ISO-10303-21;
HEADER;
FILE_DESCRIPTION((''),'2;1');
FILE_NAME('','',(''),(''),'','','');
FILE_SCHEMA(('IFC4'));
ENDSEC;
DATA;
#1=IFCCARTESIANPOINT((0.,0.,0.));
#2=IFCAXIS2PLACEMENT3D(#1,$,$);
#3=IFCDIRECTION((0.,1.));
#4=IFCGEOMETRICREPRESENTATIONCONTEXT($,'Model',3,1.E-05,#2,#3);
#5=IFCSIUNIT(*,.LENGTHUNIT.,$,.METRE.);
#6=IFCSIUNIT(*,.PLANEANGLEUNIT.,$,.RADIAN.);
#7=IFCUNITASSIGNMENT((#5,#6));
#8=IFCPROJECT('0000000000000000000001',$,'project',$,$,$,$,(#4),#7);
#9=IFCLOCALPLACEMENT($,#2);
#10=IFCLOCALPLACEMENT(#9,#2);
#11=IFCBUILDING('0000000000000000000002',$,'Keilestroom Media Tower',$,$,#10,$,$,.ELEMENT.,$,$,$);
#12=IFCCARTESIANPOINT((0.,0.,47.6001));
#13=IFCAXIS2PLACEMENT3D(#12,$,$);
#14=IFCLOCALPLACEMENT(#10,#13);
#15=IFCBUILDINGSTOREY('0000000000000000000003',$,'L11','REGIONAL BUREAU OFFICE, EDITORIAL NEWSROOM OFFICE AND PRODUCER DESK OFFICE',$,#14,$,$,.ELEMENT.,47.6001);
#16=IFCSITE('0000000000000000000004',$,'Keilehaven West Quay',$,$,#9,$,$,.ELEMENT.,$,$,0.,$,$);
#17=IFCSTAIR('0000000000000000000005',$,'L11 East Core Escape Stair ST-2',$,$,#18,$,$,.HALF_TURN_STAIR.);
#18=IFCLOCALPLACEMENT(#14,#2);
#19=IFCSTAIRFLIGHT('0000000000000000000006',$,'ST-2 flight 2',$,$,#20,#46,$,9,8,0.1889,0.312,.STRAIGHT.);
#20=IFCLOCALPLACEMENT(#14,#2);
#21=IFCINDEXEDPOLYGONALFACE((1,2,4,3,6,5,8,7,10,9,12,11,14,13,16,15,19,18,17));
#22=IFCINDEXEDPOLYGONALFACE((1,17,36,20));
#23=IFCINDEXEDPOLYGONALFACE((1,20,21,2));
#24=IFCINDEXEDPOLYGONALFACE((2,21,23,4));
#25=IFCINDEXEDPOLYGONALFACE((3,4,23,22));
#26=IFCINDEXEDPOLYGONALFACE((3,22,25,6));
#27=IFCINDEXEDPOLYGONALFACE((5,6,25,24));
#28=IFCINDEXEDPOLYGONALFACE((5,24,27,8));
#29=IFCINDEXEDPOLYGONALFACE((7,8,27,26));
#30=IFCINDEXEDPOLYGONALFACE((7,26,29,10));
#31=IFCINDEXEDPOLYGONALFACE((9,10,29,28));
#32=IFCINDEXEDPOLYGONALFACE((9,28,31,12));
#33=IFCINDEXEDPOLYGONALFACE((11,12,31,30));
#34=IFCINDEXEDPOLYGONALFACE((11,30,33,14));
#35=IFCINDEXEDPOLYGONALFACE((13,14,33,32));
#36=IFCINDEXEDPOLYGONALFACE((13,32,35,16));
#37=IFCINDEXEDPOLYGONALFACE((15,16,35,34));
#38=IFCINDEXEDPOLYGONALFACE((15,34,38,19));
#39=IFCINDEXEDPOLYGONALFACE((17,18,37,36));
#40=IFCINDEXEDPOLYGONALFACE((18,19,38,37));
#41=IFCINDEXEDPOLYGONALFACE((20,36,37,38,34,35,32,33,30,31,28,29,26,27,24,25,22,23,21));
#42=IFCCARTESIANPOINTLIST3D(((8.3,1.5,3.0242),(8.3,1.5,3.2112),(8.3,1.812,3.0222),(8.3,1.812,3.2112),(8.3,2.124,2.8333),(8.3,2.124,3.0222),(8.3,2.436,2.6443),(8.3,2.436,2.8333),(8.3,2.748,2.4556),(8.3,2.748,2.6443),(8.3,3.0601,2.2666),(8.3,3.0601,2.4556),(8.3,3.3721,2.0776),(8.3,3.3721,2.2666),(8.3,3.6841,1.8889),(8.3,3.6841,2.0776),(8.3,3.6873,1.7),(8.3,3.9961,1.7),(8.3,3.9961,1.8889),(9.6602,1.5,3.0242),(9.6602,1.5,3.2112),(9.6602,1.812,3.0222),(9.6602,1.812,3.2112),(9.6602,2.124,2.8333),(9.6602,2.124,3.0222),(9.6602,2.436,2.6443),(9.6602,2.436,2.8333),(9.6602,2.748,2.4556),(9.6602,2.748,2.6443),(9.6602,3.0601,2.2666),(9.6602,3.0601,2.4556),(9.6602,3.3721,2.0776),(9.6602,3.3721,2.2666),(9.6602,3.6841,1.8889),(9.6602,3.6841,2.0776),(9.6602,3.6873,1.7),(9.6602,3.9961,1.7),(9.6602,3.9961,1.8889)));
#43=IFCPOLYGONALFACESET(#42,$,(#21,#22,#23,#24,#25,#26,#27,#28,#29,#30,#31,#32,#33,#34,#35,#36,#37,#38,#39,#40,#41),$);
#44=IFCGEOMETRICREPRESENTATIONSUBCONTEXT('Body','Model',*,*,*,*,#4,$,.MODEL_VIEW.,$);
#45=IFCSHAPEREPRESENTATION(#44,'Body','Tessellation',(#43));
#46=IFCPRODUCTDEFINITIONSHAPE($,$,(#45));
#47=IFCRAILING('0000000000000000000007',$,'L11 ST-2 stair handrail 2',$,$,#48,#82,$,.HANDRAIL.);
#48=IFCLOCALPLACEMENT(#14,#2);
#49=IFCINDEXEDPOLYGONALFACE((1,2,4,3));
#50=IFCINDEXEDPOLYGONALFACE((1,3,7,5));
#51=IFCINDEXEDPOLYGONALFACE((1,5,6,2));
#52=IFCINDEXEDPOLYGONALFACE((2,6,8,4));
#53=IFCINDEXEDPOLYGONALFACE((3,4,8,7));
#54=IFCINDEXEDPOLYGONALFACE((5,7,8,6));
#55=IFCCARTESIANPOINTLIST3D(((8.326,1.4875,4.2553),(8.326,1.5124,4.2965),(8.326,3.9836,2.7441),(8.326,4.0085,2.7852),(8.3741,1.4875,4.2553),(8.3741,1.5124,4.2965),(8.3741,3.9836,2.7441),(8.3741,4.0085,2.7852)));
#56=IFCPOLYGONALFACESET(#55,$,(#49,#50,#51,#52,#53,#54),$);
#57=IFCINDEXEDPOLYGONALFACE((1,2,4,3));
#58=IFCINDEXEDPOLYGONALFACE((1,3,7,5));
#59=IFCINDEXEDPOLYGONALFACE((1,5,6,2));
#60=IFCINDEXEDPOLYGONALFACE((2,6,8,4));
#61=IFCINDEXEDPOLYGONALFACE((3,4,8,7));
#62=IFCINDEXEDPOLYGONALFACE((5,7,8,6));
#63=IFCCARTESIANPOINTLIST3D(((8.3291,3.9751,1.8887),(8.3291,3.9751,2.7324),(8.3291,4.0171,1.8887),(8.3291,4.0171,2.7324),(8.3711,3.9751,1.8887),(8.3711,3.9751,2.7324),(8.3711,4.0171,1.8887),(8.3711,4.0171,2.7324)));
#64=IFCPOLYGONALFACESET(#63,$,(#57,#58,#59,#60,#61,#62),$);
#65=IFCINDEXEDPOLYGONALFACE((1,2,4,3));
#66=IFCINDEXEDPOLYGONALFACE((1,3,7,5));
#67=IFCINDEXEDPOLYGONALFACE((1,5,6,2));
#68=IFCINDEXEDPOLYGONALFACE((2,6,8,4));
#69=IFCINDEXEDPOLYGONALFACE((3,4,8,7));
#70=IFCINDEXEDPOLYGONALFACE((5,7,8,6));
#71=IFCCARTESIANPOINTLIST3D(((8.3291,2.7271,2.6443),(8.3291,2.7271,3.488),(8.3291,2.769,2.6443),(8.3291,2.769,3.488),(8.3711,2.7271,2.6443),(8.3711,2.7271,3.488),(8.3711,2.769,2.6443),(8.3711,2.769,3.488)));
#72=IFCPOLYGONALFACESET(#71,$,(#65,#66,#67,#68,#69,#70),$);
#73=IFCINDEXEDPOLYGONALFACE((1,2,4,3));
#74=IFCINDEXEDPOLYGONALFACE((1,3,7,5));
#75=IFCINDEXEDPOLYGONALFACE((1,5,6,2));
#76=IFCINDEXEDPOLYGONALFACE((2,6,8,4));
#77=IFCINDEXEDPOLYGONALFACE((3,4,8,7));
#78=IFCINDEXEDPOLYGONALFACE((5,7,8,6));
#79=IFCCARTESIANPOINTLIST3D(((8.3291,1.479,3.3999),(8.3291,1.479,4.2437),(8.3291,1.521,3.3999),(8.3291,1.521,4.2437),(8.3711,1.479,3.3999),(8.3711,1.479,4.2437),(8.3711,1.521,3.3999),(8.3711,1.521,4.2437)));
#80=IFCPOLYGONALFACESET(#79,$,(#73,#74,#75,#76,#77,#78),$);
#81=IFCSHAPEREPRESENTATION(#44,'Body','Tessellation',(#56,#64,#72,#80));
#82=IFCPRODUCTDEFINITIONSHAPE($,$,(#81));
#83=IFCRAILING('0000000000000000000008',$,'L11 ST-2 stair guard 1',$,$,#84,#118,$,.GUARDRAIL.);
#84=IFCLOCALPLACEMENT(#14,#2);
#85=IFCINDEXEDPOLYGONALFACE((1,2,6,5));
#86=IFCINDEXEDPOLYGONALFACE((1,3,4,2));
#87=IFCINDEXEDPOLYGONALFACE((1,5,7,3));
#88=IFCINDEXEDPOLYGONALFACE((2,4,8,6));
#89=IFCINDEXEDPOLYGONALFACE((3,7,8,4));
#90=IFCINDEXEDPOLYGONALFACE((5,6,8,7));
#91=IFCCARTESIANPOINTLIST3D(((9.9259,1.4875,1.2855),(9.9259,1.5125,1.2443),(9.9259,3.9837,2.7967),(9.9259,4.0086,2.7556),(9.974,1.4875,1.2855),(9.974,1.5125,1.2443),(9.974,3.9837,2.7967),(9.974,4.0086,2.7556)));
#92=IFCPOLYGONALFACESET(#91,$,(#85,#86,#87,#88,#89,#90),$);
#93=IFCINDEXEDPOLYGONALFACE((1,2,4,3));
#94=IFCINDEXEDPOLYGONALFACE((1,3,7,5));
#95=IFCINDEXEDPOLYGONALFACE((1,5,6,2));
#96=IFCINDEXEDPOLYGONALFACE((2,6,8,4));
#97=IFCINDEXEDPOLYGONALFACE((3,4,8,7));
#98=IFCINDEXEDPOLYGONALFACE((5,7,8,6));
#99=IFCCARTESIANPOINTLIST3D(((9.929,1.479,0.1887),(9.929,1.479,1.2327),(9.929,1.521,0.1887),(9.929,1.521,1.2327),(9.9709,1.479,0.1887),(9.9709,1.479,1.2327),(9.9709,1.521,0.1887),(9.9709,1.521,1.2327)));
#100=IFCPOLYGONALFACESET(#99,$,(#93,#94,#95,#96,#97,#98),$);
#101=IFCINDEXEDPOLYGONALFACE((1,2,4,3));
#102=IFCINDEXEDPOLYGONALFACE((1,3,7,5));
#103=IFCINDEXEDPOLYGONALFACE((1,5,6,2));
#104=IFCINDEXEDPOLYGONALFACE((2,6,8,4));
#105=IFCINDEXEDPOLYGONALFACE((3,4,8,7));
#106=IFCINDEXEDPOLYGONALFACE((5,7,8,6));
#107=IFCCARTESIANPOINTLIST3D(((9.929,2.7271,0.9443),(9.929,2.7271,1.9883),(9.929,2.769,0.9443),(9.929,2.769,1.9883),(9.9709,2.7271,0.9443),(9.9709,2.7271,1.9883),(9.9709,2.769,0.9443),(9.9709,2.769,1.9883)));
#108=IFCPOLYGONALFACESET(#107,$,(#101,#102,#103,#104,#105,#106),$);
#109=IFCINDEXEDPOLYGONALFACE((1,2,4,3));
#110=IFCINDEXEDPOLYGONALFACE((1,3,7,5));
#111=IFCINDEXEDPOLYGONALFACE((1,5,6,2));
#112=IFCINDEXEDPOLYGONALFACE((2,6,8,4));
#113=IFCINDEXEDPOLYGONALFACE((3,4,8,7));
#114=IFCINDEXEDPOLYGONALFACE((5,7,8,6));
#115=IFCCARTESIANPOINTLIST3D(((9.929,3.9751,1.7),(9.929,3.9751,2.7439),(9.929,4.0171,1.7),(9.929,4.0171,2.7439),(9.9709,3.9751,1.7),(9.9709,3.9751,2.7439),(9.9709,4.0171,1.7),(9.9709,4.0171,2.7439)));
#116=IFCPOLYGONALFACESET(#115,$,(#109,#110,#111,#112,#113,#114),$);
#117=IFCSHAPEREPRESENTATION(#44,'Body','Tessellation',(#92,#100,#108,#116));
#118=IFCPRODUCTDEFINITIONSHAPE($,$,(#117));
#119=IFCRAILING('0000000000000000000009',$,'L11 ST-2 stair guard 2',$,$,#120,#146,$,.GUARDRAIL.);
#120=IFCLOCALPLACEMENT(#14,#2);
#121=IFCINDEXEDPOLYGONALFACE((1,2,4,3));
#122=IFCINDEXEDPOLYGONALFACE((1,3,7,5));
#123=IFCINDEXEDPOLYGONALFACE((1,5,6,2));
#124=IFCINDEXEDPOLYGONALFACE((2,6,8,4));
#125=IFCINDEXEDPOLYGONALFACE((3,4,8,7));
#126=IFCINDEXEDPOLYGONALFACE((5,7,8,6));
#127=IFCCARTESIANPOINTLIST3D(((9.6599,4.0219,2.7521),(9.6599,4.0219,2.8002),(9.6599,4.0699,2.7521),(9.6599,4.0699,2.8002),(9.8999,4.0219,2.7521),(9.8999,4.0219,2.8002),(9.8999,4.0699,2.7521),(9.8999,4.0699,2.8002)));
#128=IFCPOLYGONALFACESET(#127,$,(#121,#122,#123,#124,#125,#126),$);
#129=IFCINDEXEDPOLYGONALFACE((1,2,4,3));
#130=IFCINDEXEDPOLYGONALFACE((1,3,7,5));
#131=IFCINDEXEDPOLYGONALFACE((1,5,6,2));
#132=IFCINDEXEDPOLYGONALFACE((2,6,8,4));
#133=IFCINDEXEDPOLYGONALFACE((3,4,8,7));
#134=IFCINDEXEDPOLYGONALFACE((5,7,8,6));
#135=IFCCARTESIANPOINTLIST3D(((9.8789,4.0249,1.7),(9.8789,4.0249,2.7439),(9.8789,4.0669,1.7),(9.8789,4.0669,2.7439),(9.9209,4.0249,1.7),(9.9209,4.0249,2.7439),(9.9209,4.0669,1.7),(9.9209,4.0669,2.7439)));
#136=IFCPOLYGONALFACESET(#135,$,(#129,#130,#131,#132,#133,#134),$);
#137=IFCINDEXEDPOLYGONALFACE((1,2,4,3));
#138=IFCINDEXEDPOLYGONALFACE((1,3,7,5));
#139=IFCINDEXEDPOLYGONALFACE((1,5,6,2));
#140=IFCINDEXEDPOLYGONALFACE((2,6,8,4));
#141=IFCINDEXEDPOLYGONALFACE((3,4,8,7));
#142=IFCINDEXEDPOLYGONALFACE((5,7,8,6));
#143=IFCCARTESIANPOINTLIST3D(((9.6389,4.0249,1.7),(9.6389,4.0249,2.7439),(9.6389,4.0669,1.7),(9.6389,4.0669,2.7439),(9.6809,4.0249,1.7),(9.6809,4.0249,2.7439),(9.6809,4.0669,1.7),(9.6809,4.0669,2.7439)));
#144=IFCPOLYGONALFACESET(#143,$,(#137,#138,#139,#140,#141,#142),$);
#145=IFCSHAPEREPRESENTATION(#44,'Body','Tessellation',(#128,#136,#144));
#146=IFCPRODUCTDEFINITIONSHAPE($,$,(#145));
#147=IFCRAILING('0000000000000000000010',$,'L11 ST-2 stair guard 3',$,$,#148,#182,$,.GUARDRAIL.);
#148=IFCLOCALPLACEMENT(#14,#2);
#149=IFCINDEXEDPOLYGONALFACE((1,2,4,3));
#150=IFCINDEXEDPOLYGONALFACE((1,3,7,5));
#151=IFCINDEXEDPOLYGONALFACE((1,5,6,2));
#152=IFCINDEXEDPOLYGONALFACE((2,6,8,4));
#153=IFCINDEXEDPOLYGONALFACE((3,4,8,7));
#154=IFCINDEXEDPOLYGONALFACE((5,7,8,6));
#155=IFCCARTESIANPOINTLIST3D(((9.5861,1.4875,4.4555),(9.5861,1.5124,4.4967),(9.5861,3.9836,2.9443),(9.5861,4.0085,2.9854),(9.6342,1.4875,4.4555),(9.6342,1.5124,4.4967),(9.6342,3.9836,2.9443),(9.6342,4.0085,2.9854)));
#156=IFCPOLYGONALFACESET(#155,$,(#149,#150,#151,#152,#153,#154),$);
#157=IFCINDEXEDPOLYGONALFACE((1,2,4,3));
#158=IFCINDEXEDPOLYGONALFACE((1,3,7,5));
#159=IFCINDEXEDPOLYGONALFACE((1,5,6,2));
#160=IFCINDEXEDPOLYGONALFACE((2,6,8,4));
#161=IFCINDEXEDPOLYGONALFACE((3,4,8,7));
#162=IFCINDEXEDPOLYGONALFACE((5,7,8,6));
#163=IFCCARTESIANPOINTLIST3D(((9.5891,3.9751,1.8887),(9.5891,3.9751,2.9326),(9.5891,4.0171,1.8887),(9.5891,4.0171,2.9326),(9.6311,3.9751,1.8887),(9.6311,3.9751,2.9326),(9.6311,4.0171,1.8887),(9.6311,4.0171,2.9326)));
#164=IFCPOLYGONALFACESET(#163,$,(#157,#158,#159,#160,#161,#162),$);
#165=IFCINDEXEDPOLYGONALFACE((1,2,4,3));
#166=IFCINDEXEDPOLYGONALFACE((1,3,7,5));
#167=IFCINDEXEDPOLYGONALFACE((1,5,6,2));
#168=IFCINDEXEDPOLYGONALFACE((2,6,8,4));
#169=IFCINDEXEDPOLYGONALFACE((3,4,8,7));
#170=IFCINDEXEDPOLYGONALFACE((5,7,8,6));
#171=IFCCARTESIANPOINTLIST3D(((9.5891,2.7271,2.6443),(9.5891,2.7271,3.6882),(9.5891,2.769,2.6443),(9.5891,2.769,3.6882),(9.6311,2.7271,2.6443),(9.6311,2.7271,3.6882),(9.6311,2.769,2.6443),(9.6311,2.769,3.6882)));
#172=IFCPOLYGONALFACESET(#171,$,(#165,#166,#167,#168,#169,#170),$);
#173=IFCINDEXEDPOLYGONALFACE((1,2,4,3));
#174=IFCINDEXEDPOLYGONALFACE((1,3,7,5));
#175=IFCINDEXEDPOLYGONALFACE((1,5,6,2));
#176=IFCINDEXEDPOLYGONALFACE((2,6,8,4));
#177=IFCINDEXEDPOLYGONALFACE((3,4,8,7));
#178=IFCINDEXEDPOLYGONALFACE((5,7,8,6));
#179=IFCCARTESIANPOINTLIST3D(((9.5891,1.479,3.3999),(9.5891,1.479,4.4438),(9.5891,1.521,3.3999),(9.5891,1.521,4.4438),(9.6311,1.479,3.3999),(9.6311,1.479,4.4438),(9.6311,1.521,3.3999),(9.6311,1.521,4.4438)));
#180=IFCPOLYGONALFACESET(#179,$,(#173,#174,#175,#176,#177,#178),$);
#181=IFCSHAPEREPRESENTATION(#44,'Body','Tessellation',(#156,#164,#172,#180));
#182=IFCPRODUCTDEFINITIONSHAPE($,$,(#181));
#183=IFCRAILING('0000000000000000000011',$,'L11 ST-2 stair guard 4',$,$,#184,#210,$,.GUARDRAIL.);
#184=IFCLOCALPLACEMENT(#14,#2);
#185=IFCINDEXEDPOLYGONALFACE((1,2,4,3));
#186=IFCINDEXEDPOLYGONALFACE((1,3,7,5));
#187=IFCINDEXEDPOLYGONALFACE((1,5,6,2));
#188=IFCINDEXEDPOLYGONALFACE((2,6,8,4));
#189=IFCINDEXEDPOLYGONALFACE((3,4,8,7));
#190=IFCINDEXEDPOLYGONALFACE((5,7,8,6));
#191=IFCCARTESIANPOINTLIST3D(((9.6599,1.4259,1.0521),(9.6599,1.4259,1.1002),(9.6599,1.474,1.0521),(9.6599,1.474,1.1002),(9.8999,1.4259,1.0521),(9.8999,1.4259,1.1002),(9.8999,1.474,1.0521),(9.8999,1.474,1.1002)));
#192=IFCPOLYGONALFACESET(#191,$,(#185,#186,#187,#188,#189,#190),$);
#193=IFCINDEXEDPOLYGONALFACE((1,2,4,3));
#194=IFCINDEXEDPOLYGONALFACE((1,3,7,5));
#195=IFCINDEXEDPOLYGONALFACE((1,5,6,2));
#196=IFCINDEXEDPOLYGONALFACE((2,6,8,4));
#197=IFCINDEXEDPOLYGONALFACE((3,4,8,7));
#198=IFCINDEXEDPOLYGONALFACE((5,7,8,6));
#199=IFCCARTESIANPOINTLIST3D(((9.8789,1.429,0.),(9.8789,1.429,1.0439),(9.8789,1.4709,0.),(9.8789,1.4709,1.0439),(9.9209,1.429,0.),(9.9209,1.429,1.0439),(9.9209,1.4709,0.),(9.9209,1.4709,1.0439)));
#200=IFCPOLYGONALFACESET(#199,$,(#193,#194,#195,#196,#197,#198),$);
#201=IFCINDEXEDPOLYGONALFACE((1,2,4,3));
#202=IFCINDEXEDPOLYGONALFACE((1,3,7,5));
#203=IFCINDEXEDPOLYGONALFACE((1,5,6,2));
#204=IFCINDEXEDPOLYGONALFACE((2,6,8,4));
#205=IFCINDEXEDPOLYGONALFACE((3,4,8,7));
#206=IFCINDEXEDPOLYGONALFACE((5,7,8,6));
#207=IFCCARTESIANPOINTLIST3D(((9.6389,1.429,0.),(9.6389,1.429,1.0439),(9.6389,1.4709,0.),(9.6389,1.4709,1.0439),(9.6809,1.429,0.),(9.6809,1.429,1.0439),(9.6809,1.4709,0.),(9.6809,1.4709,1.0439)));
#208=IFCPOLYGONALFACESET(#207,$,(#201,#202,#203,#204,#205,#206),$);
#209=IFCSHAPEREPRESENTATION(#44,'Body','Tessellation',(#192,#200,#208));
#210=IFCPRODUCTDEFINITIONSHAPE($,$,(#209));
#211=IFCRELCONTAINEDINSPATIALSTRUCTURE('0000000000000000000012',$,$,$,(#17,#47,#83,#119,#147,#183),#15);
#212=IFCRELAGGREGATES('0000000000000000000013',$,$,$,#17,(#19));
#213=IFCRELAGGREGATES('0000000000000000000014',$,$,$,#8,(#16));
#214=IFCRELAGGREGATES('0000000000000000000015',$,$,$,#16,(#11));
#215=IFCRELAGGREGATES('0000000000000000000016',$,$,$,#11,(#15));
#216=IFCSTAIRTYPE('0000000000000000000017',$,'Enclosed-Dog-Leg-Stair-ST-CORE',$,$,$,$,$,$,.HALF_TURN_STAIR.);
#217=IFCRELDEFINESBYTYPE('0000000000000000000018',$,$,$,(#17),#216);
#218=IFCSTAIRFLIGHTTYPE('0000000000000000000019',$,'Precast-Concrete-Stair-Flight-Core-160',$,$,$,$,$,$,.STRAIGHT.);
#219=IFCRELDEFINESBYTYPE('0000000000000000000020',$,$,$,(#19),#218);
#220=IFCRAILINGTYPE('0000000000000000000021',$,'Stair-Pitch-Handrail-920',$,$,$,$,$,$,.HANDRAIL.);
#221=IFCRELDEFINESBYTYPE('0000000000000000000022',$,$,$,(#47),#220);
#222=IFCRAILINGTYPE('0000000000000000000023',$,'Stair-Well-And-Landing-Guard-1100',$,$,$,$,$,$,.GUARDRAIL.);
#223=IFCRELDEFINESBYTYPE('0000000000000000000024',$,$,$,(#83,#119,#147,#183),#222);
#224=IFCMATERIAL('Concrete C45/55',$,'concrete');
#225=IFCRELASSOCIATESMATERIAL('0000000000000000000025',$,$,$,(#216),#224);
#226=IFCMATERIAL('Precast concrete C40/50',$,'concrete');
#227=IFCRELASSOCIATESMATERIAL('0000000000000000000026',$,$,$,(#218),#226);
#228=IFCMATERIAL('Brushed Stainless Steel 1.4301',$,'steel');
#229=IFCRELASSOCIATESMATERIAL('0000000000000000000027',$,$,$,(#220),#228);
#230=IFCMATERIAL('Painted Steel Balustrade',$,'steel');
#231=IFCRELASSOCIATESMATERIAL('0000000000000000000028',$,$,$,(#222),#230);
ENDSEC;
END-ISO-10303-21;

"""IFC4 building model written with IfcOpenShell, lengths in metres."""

from ifc_helpers import new_model, si_unit, direction, frame, origin, origin_2d, place, context, subcontext, project, spatial, polyline, rectangle, outline, extrude, material, type_object, element, aggregate, save


model = new_model("IFC4")

# Units and contexts
model_context = context("Model", 3, precision=1e-05, world=origin(), true_north=direction((0.0, 1.0)))
body_context = subcontext(model_context, "Body", "Model", "MODEL_VIEW")
ifc_project = project(units=[si_unit("LENGTHUNIT", "METRE"), si_unit("PLANEANGLEUNIT", "RADIAN")], contexts=[model_context])

# Site, building, storey
site_placement = place(None, origin())
site = spatial("IfcSite", under=ifc_project, at=site_placement, Name="Keilehaven West Quay", CompositionType="ELEMENT", RefElevation=0.0)
building_placement = place(site_placement, origin())
building = spatial("IfcBuilding", under=site, at=building_placement, Name="Keilestroom Media Tower", CompositionType="ELEMENT")
storey_placement = place(building_placement, frame((0.0, 0.0, 47.6001)))
storey = spatial("IfcBuildingStorey", under=building, at=storey_placement, Name="L11", Description="REGIONAL BUREAU OFFICE, EDITORIAL NEWSROOM OFFICE AND PRODUCER DESK OFFICE", CompositionType="ELEMENT", Elevation=47.6001)

# Shared definitions
ifc_material_1 = material(Name="Concrete C45/55", Category="concrete")

# Stair
stair_type = type_object("IfcStairType", Name="Enclosed-Dog-Leg-Stair-ST-CORE", PredefinedType="HALF_TURN_STAIR", material=ifc_material_1)
stair_1_placement = place(storey_placement, origin())
stair_1 = element("IfcStair", 1, at=stair_1_placement, inside=storey, type_object=stair_type, Name="L11 East Core Escape Stair ST-2", PredefinedType="HALF_TURN_STAIR")

# Shared definitions
ifc_material_2 = material(Name="Precast concrete C40/50", Category="concrete")

# Stair flight
stair_flight_type = type_object("IfcStairFlightType", Name="Precast-Concrete-Stair-Flight-Core-160", PredefinedType="STRAIGHT", material=ifc_material_2)
stair_flight_1_placement = place(storey_placement, frame((8.98, 3.9961, 1.7), z_axis=(0.0, 0.0, 1.0), x_axis=(0.0, -1.0, 0.0)))
stair_flight_1 = element("IfcStairFlight", 2, at=stair_flight_1_placement, type_object=stair_flight_type, Name="ST-2 flight 2", NumberOfRisers=9, NumberOfTreads=8, PredefinedType="STRAIGHT", RiserHeight=0.1889, TreadLength=0.312, context=body_context, shape_type="SweptSolid", body=[
    extrude(outline(polyline([(0.0, 0.0), (0.0, 0.189), (0.312, 0.189), (0.312, 0.3777), (0.624, 0.3777), (0.624, 0.5667), (0.936, 0.5667), (0.936, 0.7556), (1.248, 0.7556), (1.248, 0.9443), (1.5601, 0.9443), (1.5601, 1.1333), (1.8721, 1.1333), (1.8721, 1.3223), (2.1841, 1.3223), (2.1841, 1.5112), (2.4961, 1.5112), (2.4961, 1.7), (2.4961, 1.3242), (0.3088, 0.0), (0.0, 0.0)])), frame((0.0, 0.6802, 0.0), z_axis=(0.0, -1.0, 0.0), x_axis=(1.0, 0.0, 0.0)), (0.0, 0.0, 1.0), 1.3601),
])
aggregate(stair_1, [stair_flight_1])

# Railings
ifc_material_3 = material(Name="Brushed Stainless Steel 1.4301", Category="steel")
railing_type_1 = type_object("IfcRailingType", Name="Stair-Pitch-Handrail-920", PredefinedType="HANDRAIL", material=ifc_material_3)
railing_1_placement = place(storey_placement, frame((8.3501, 3.9961, 1.8887)))
element("IfcRailing", 3, at=railing_1_placement, inside=storey, type_object=railing_type_1, Name="L11 ST-2 stair handrail 2", PredefinedType="HANDRAIL", context=body_context, shape_type="SweptSolid", body=[
    extrude(rectangle(XDim=0.0481, YDim=0.0481, at=origin_2d()), frame((0.0, 0.0, 0.876), z_axis=(0.0, -0.855434, 0.517912), x_axis=(1.0, 0.0, 0.0)), (0.0, 0.0, 1.0), 2.918),
    extrude(rectangle(XDim=0.042, YDim=0.042, at=origin_2d()), origin(), (0.0, 0.0, 1.0), 0.8438),
    extrude(rectangle(XDim=0.042, YDim=0.042, at=origin_2d()), frame((0.0, -1.248, 0.7556)), (0.0, 0.0, 1.0), 0.8438),
    extrude(rectangle(XDim=0.042, YDim=0.042, at=origin_2d()), frame((0.0, -2.4961, 1.5112)), (0.0, 0.0, 1.0), 0.8438),
])
ifc_material_4 = material(Name="Painted Steel Balustrade", Category="steel")
railing_type_2 = type_object("IfcRailingType", Name="Stair-Well-And-Landing-Guard-1100", PredefinedType="GUARDRAIL", material=ifc_material_4)
railing_2_placement = place(storey_placement, frame((9.95, 1.5, 0.1887)))
element("IfcRailing", 4, at=railing_2_placement, inside=storey, type_object=railing_type_2, Name="L11 ST-2 stair guard 1", PredefinedType="GUARDRAIL", context=body_context, shape_type="SweptSolid", body=[
    extrude(rectangle(XDim=0.0481, YDim=0.0481, at=origin_2d()), frame((0.0, 0.0, 1.0762), z_axis=(0.0, 0.855434, 0.517912), x_axis=(-1.0, 0.0, 0.0)), (0.0, 0.0, 1.0), 2.918),
    extrude(rectangle(XDim=0.042, YDim=0.042, at=origin_2d()), origin(), (0.0, 0.0, 1.0), 1.0439),
    extrude(rectangle(XDim=0.042, YDim=0.042, at=origin_2d()), frame((0.0, 1.248, 0.7556)), (0.0, 0.0, 1.0), 1.0439),
    extrude(rectangle(XDim=0.042, YDim=0.042, at=origin_2d()), frame((0.0, 2.4961, 1.5112)), (0.0, 0.0, 1.0), 1.0439),
])
railing_3_placement = place(storey_placement, frame((9.8999, 4.0459, 1.7)))
element("IfcRailing", 5, at=railing_3_placement, inside=storey, type_object=railing_type_2, Name="L11 ST-2 stair guard 2", PredefinedType="GUARDRAIL", context=body_context, shape_type="SweptSolid", body=[
    extrude(rectangle(XDim=0.0481, YDim=0.0481, at=origin_2d()), frame((0.0, 0.0, 1.0762), z_axis=(-1.0, 0.0, 0.0), x_axis=(0.0, -1.0, 0.0)), (0.0, 0.0, 1.0), 0.24),
    extrude(rectangle(XDim=0.042, YDim=0.042, at=origin_2d()), origin(), (0.0, 0.0, 1.0), 1.0439),
    extrude(rectangle(XDim=0.042, YDim=0.042, at=origin_2d()), frame((-0.24, 0.0, 0.0)), (0.0, 0.0, 1.0), 1.0439),
])
railing_4_placement = place(storey_placement, frame((9.6101, 3.9961, 1.8887)))
element("IfcRailing", 6, at=railing_4_placement, inside=storey, type_object=railing_type_2, Name="L11 ST-2 stair guard 3", PredefinedType="GUARDRAIL", context=body_context, shape_type="SweptSolid", body=[
    extrude(rectangle(XDim=0.0481, YDim=0.0481, at=origin_2d()), frame((0.0, 0.0, 1.0762), z_axis=(0.0, -0.855434, 0.517912), x_axis=(1.0, 0.0, 0.0)), (0.0, 0.0, 1.0), 2.918),
    extrude(rectangle(XDim=0.042, YDim=0.042, at=origin_2d()), origin(), (0.0, 0.0, 1.0), 1.0439),
    extrude(rectangle(XDim=0.042, YDim=0.042, at=origin_2d()), frame((0.0, -1.248, 0.7556)), (0.0, 0.0, 1.0), 1.0439),
    extrude(rectangle(XDim=0.042, YDim=0.042, at=origin_2d()), frame((0.0, -2.4961, 1.5112)), (0.0, 0.0, 1.0), 1.0439),
])
railing_5_placement = place(storey_placement, frame((9.8999, 1.45, 0.0)))
element("IfcRailing", 7, at=railing_5_placement, inside=storey, type_object=railing_type_2, Name="L11 ST-2 stair guard 4", PredefinedType="GUARDRAIL", context=body_context, shape_type="SweptSolid", body=[
    extrude(rectangle(XDim=0.0481, YDim=0.0481, at=origin_2d()), frame((0.0, 0.0, 1.0762), z_axis=(-1.0, 0.0, 0.0), x_axis=(0.0, -1.0, 0.0)), (0.0, 0.0, 1.0), 0.24),
    extrude(rectangle(XDim=0.042, YDim=0.042, at=origin_2d()), origin(), (0.0, 0.0, 1.0), 1.0439),
    extrude(rectangle(XDim=0.042, YDim=0.042, at=origin_2d()), frame((-0.24, 0.0, 0.0)), (0.0, 0.0, 1.0), 1.0439),
])

save(model, "model.ifc")
